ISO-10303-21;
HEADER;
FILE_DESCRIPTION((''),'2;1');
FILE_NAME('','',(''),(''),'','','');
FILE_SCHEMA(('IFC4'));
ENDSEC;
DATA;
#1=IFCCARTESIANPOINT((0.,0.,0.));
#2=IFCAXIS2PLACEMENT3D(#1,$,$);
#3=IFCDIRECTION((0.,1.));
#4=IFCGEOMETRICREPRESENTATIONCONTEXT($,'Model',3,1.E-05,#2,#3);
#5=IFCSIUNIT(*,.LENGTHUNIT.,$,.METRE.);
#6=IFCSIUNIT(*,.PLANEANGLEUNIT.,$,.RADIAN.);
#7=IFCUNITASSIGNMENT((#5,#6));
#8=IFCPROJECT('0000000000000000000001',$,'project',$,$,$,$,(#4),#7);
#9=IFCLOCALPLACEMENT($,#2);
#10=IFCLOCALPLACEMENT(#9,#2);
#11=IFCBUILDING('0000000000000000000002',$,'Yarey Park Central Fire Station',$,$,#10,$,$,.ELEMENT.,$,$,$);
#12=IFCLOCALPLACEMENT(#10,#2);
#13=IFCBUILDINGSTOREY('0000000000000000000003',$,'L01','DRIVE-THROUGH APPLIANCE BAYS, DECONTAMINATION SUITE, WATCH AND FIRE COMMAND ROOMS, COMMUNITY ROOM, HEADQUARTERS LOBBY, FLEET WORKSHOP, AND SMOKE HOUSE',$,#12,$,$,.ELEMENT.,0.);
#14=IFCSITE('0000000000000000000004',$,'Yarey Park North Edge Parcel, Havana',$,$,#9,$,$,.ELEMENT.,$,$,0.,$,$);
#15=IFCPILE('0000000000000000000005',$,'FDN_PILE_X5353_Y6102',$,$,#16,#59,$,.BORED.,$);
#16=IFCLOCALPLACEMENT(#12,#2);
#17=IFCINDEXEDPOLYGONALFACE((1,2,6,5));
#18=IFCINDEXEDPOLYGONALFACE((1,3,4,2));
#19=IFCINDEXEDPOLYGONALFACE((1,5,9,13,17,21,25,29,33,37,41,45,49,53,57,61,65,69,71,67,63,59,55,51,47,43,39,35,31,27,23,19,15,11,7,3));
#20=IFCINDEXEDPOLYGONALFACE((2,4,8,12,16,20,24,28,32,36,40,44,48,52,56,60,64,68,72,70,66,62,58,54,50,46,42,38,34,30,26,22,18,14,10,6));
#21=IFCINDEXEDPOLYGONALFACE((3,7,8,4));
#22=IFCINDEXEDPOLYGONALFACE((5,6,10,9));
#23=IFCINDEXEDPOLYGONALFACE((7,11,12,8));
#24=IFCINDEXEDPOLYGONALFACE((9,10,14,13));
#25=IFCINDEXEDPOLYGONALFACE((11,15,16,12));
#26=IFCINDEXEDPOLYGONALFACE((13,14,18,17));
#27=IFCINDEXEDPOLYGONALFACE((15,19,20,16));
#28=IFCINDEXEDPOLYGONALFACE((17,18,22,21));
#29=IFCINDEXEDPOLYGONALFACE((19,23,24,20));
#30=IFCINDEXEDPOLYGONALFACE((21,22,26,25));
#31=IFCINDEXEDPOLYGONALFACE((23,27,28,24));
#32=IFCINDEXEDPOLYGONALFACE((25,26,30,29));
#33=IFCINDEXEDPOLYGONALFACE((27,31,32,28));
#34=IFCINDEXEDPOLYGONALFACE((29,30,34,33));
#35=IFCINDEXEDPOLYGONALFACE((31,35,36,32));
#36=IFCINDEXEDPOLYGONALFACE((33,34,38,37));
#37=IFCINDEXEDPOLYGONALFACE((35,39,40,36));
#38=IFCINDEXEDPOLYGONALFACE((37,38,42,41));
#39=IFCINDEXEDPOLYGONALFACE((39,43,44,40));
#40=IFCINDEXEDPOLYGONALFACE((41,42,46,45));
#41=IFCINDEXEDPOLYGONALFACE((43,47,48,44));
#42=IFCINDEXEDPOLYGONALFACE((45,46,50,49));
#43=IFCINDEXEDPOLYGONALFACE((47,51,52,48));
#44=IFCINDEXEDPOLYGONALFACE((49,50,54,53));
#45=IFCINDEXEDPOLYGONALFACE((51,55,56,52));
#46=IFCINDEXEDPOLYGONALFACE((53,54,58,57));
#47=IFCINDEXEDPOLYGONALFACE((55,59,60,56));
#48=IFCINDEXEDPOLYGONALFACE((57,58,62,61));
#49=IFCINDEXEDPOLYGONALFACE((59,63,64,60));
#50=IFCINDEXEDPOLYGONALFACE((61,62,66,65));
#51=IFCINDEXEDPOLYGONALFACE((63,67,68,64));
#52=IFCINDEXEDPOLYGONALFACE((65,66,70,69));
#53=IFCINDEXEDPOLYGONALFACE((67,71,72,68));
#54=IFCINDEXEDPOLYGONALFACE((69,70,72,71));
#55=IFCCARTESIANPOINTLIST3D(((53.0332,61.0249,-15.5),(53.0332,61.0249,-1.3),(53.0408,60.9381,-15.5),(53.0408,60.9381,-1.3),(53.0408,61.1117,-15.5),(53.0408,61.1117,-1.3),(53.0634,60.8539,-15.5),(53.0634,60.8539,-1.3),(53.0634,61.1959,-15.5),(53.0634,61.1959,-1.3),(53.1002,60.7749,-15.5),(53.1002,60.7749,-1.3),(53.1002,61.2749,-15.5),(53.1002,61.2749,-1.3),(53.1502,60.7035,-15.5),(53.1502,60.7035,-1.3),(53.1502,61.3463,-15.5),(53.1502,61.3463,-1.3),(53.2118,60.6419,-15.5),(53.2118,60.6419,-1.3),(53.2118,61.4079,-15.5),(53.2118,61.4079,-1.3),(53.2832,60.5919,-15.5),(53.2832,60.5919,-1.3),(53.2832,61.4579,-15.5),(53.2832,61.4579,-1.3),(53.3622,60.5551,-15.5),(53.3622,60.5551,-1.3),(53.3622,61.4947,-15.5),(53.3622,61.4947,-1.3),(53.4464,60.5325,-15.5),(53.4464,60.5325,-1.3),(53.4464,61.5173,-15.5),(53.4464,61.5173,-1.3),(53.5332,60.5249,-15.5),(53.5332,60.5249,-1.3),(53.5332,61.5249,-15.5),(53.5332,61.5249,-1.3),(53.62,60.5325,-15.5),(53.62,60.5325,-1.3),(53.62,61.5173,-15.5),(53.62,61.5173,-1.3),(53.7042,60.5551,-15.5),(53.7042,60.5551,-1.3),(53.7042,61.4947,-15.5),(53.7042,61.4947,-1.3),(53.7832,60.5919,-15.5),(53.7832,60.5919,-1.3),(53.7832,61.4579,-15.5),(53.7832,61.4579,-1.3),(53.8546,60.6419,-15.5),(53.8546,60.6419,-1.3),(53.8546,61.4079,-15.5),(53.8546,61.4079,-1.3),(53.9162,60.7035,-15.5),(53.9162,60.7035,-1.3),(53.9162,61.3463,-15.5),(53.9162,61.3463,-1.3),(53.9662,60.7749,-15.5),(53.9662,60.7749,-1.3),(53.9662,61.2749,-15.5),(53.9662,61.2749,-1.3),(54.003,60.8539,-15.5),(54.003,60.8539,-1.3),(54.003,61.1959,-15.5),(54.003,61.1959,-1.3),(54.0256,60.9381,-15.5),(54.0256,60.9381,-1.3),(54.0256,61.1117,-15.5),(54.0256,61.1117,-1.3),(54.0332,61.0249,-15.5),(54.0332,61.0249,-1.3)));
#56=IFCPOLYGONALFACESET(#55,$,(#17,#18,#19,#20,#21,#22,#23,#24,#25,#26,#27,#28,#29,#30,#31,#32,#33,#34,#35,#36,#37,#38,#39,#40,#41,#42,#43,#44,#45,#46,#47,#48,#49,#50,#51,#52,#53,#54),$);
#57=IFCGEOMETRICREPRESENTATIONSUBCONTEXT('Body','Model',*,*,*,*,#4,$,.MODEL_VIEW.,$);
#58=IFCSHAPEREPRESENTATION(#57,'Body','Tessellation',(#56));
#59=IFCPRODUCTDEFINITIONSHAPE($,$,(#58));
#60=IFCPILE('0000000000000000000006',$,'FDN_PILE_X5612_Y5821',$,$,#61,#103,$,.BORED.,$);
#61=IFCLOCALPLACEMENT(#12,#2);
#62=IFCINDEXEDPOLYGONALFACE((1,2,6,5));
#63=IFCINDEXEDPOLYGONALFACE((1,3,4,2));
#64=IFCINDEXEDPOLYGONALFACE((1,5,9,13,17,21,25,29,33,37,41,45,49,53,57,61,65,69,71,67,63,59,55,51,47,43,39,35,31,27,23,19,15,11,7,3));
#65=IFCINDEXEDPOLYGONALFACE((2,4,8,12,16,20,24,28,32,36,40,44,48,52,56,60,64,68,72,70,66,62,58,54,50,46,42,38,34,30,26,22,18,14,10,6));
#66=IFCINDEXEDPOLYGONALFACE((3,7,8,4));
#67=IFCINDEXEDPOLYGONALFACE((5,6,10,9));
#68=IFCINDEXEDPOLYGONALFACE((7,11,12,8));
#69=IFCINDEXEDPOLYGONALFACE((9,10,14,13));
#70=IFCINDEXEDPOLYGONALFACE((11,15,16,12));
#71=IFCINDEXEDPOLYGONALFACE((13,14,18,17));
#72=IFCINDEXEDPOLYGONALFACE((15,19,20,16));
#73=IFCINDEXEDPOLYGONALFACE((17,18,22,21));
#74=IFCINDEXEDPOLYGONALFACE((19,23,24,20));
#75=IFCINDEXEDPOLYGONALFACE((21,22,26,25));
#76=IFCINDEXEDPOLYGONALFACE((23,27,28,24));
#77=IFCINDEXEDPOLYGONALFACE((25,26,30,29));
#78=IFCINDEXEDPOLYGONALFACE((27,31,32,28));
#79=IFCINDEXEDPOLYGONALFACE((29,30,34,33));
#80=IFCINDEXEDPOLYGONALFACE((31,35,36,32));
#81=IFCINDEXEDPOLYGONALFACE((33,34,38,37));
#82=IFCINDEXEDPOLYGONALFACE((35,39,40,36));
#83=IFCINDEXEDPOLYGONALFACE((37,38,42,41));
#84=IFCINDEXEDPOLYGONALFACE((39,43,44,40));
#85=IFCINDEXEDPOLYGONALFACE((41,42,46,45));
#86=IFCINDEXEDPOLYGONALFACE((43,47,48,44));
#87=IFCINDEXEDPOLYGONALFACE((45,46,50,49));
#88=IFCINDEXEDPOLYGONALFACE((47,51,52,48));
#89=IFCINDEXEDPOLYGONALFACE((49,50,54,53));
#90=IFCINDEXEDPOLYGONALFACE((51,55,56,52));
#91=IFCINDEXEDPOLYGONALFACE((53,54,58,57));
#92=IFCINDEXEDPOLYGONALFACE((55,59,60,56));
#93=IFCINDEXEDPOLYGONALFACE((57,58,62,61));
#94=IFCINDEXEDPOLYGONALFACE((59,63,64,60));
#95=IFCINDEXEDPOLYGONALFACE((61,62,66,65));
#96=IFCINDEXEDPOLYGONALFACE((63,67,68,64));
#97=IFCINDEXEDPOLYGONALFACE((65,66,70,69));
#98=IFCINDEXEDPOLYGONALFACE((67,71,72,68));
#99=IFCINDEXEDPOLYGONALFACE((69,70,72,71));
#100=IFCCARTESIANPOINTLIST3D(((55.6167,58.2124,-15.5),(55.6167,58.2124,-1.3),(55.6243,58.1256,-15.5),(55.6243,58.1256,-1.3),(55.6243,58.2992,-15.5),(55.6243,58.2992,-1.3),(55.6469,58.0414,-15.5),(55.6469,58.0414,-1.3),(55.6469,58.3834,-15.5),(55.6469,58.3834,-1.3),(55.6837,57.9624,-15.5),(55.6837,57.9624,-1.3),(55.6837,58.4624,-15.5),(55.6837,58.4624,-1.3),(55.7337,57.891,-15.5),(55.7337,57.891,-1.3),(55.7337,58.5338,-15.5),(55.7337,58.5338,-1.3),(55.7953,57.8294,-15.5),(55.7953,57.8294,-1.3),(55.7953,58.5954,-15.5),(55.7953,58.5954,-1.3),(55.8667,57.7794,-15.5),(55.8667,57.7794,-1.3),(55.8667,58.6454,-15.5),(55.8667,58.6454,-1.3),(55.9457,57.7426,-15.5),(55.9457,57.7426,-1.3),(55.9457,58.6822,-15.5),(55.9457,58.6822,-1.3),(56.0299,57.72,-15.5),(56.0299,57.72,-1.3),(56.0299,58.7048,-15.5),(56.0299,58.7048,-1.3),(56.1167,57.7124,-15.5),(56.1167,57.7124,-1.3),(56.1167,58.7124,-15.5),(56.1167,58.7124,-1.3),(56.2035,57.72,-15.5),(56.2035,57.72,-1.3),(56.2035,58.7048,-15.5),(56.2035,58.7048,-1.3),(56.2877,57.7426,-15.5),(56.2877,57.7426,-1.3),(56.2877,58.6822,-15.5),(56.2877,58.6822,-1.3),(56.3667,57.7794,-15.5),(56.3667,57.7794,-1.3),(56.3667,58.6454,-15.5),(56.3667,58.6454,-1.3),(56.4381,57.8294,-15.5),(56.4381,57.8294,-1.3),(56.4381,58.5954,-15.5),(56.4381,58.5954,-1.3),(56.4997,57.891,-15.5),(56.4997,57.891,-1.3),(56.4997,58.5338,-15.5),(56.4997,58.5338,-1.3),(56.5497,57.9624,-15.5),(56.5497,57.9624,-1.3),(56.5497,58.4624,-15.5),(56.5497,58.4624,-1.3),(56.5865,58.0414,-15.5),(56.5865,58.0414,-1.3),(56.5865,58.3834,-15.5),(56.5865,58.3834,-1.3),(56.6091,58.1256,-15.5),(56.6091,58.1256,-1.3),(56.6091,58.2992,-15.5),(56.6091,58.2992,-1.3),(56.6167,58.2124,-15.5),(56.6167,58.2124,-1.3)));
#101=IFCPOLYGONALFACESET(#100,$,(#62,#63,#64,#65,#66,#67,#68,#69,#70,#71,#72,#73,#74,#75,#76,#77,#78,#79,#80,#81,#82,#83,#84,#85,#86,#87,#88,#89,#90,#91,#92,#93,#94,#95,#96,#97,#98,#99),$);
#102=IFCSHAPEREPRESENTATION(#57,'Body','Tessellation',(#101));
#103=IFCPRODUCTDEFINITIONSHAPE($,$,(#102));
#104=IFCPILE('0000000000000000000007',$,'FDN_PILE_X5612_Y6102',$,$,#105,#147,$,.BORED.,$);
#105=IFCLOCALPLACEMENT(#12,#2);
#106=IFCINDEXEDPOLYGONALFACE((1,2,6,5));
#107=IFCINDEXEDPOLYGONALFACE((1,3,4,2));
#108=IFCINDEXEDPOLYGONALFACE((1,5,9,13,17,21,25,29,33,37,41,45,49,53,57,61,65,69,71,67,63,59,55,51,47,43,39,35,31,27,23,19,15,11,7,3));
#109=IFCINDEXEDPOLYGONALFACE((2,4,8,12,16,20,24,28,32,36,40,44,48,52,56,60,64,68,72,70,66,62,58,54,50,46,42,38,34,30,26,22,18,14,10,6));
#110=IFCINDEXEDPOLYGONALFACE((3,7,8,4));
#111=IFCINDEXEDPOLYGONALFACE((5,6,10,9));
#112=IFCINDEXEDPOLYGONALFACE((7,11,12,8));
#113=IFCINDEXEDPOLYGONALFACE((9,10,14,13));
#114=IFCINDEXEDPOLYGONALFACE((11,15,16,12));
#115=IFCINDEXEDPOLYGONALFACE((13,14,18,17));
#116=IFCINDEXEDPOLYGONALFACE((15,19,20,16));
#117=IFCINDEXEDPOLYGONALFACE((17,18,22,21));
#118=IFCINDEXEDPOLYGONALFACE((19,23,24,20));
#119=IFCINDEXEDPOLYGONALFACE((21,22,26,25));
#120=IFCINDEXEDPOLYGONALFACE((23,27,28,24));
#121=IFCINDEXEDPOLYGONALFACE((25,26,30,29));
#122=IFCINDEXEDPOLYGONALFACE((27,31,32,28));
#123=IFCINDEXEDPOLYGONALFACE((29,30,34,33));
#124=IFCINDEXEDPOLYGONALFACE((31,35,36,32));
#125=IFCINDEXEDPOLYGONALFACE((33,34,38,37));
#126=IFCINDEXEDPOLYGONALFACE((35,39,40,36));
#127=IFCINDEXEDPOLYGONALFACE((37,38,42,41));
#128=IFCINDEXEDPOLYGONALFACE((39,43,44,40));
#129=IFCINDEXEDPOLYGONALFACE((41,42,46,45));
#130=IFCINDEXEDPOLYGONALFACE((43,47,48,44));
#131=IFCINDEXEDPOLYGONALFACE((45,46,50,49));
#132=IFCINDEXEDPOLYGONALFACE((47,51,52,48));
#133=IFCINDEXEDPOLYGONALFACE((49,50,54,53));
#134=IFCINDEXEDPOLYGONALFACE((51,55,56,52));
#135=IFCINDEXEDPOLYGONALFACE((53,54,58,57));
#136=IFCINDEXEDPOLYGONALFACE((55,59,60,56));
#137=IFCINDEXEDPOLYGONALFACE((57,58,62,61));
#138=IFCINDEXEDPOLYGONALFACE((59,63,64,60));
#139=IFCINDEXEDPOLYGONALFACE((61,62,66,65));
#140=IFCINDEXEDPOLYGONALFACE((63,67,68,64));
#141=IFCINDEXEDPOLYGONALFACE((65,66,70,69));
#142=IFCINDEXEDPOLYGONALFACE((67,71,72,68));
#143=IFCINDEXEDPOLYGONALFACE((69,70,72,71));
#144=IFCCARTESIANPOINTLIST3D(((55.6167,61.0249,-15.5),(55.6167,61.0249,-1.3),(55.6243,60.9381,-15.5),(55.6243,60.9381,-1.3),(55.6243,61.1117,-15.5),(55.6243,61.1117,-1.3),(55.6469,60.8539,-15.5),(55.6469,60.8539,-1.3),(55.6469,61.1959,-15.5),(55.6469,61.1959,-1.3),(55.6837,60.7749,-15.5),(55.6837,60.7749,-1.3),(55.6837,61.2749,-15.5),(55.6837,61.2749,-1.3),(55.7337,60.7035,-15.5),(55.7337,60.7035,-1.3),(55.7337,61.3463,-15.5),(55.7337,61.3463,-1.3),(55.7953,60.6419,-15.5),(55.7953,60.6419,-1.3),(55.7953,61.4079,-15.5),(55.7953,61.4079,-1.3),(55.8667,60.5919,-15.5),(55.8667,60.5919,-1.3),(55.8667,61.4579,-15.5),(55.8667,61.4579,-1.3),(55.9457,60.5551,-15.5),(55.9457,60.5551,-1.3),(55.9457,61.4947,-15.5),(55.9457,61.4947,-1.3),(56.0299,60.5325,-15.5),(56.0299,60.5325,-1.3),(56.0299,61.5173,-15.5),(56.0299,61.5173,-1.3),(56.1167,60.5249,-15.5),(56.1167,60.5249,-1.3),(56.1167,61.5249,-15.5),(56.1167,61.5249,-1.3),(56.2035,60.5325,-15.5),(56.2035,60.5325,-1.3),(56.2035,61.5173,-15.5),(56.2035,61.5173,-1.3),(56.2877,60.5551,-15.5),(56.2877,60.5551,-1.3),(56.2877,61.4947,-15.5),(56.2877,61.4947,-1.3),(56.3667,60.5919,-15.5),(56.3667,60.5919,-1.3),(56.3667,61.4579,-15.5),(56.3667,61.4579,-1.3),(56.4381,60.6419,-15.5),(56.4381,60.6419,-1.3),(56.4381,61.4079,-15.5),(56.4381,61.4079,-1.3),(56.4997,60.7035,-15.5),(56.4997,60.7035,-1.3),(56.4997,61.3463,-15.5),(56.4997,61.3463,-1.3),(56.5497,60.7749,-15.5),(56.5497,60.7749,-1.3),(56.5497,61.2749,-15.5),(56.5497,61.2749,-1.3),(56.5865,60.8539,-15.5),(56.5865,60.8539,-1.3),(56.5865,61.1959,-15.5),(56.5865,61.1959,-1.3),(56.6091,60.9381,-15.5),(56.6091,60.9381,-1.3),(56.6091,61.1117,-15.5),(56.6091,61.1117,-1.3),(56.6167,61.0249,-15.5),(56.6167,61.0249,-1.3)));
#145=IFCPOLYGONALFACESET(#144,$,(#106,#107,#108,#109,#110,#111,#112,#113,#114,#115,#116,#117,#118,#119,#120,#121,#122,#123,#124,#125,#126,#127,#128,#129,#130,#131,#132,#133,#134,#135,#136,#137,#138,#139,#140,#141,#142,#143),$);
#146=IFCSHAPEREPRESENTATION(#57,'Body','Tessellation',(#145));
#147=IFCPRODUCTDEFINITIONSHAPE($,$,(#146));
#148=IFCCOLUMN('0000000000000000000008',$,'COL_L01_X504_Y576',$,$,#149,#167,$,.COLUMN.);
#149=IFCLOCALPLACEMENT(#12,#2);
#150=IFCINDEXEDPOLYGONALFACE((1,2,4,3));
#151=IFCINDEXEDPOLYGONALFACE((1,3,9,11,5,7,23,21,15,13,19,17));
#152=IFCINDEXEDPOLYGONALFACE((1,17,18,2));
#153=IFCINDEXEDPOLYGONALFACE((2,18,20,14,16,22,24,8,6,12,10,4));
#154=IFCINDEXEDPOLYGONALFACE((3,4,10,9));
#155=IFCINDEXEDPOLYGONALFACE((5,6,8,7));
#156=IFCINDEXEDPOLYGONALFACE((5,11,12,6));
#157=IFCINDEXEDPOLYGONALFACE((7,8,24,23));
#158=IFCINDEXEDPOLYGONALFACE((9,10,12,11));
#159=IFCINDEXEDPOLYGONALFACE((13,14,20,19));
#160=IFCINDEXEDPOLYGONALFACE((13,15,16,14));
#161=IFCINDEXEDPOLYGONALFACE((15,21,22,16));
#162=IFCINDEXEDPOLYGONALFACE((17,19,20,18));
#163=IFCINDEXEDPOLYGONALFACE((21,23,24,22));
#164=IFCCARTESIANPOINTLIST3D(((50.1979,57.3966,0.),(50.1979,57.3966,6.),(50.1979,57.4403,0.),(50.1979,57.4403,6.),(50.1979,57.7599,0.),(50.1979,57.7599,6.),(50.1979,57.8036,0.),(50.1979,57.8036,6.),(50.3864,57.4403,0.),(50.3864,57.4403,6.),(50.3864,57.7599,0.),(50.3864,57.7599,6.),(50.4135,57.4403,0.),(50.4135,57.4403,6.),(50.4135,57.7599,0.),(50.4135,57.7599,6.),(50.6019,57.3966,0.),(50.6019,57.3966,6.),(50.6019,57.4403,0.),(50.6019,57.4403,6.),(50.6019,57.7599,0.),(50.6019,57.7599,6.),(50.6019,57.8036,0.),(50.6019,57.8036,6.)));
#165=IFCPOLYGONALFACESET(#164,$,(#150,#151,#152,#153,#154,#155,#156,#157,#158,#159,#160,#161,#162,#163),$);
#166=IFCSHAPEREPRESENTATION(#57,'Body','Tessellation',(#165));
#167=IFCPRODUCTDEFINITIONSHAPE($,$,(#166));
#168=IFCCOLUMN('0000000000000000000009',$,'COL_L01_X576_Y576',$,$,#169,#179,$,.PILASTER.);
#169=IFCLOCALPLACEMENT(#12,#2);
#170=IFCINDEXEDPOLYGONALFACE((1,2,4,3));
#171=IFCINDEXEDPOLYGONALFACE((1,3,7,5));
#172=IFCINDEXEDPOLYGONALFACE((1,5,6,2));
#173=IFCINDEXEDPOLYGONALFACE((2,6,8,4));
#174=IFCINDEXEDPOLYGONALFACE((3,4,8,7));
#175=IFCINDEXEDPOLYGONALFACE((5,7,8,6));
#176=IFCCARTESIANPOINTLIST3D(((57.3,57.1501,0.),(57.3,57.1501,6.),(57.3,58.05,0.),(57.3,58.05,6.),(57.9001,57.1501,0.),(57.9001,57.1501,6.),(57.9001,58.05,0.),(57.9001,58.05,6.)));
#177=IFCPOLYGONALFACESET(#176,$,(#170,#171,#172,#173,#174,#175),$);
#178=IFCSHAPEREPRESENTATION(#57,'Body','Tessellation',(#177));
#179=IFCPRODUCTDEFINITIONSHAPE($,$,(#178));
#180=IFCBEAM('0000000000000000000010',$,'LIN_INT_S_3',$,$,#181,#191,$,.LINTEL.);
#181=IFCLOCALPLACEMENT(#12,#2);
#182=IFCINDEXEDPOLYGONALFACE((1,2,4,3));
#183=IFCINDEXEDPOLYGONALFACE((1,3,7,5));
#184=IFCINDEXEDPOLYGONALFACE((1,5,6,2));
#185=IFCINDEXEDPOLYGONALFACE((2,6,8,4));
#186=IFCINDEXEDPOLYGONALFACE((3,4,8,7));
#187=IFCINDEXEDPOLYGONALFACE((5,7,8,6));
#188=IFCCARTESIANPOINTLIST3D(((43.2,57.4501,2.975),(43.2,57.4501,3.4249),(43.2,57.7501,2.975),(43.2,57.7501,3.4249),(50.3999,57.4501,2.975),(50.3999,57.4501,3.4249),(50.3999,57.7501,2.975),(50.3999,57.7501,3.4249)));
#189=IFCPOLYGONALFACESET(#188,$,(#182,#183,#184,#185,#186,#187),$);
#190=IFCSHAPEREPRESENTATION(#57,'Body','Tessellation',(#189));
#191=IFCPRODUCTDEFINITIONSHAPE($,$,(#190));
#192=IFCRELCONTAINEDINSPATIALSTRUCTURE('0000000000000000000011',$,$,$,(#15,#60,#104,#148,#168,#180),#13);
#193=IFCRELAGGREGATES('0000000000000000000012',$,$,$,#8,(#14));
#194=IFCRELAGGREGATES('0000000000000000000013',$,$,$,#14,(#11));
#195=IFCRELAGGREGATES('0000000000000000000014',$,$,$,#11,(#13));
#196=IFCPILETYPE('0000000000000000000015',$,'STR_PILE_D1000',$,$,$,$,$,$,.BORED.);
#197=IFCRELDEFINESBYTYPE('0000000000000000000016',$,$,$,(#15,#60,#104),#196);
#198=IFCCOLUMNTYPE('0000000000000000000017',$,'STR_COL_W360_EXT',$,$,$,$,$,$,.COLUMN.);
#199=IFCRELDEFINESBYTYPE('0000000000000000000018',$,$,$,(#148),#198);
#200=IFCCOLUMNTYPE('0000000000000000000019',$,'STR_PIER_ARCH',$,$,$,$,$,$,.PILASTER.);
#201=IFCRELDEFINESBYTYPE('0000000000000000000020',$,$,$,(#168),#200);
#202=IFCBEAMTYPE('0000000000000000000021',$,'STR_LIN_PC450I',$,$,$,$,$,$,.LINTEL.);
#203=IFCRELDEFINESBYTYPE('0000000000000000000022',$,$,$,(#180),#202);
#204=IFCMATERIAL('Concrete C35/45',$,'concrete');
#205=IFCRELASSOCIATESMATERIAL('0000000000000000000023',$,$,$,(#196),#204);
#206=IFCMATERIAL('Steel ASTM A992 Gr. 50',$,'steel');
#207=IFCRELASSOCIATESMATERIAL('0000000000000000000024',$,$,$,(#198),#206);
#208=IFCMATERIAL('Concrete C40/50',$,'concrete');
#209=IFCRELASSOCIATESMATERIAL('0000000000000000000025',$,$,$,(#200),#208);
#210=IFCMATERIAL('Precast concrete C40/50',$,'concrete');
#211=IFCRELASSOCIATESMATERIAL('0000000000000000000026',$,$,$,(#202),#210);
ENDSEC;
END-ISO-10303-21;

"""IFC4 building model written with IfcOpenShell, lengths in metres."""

from ifc_helpers import new_model, si_unit, direction, frame, origin, origin_2d, place, context, subcontext, project, spatial, rectangle, circle, i_section, extrude, material, material_profile, profile_set, type_object, element, save


model = new_model("IFC4")

# Units and contexts
model_context = context("Model", 3, precision=1e-05, world=origin(), true_north=direction((0.0, 1.0)))
body_context = subcontext(model_context, "Body", "Model", "MODEL_VIEW")
ifc_project = project(units=[si_unit("LENGTHUNIT", "METRE"), si_unit("PLANEANGLEUNIT", "RADIAN")], contexts=[model_context])

# Site, building, storey
site_placement = place(None, origin())
site = spatial("IfcSite", under=ifc_project, at=site_placement, Name="Yarey Park North Edge Parcel, Havana", CompositionType="ELEMENT", RefElevation=0.0)
building_placement = place(site_placement, origin())
building = spatial("IfcBuilding", under=site, at=building_placement, Name="Yarey Park Central Fire Station", CompositionType="ELEMENT")
storey_placement = place(building_placement, origin())
storey = spatial("IfcBuildingStorey", under=building, at=storey_placement, Name="L01", Description="DRIVE-THROUGH APPLIANCE BAYS, DECONTAMINATION SUITE, WATCH AND FIRE COMMAND ROOMS, COMMUNITY ROOM, HEADQUARTERS LOBBY, FLEET WORKSHOP, AND SMOKE HOUSE", CompositionType="ELEMENT", Elevation=0.0)

# Piles
ifc_material_1 = material(Name="Concrete C35/45", Category="concrete")
ifc_material_profile_1 = material_profile(ifc_material_1, circle(Radius=0.5, at=origin_2d()), Name="BORED PILE D1000")
ifc_profile_set_1 = profile_set([ifc_material_profile_1], Name="Concrete C35/45")
pile_type = type_object("IfcPileType", Name="STR_PILE_D1000", PredefinedType="BORED", material=ifc_profile_set_1)
for number, where, z_axis, x_axis, name in (
    (1, (53.5332, 61.0249, -1.3), (0.0, 0.0, -1.0), (1.0, 0.0, 0.0), "FDN_PILE_X5353_Y6102"),
    (2, (56.1167, 58.2124, -1.3), (0.0, 0.0, -1.0), (1.0, 0.0, 0.0), "FDN_PILE_X5612_Y5821"),
    (3, (56.1167, 61.0249, -1.3), (0.0, 0.0, -1.0), (1.0, 0.0, 0.0), "FDN_PILE_X5612_Y6102"),
):
    element("IfcPile", number, at=place(storey_placement, frame(where, z_axis=z_axis, x_axis=x_axis)), inside=storey, type_object=pile_type, Name=name, PredefinedType="BORED", context=body_context, shape_type="SweptSolid", body=[
        extrude(circle(Radius=0.5, at=origin_2d()), origin(), (0.0, 0.0, 1.0), 14.2),
    ])

# Columns
ifc_material_2 = material(Name="Steel ASTM A992 Gr. 50", Category="steel")
ifc_material_profile_2 = material_profile(ifc_material_2, i_section(OverallWidth=0.4041, OverallDepth=0.407, WebThickness=0.0271, FlangeThickness=0.0437, at=origin_2d()), Name="W360x347")
ifc_profile_set_2 = profile_set([ifc_material_profile_2], Name="Steel ASTM A992 Gr. 50")
column_type_1 = type_object("IfcColumnType", Name="STR_COL_W360_EXT", PredefinedType="COLUMN", material=ifc_profile_set_2)
column_1_placement = place(storey_placement, frame((50.3999, 57.6001, 0.0), z_axis=(0.0, 0.0, 1.0), x_axis=(1.0, 0.0, 0.0)))
element("IfcColumn", 4, at=column_1_placement, inside=storey, type_object=column_type_1, Name="COL_L01_X504_Y576", PredefinedType="COLUMN", context=body_context, shape_type="SweptSolid", body=[
    extrude(i_section(OverallWidth=0.4041, OverallDepth=0.407, WebThickness=0.0271, FlangeThickness=0.0437, at=origin_2d()), origin(), (0.0, 0.0, 1.0), 6.0),
])
ifc_material_3 = material(Name="Concrete C40/50", Category="concrete")
ifc_material_profile_3 = material_profile(ifc_material_3, rectangle(XDim=0.6001, YDim=0.8999, at=origin_2d()), Name="RC 900x600")
ifc_profile_set_3 = profile_set([ifc_material_profile_3], Name="Concrete C40/50")
column_type_2 = type_object("IfcColumnType", Name="STR_PIER_ARCH", PredefinedType="PILASTER", material=ifc_profile_set_3)
column_2_placement = place(storey_placement, frame((57.6001, 57.6001, 0.0), z_axis=(0.0, 0.0, 1.0), x_axis=(1.0, 0.0, 0.0)))
element("IfcColumn", 5, at=column_2_placement, inside=storey, type_object=column_type_2, Name="COL_L01_X576_Y576", PredefinedType="PILASTER", context=body_context, shape_type="SweptSolid", body=[
    extrude(rectangle(XDim=0.6001, YDim=0.8999, at=origin_2d()), origin(), (0.0, 0.0, 1.0), 6.0),
])

# Beam
ifc_material_4 = material(Name="Precast concrete C40/50", Category="concrete")
ifc_material_profile_4 = material_profile(ifc_material_4, rectangle(XDim=0.3, YDim=0.45, at=origin_2d()), Name="PC 300x450")
ifc_profile_set_4 = profile_set([ifc_material_profile_4], Name="Precast concrete C40/50")
beam_type = type_object("IfcBeamType", Name="STR_LIN_PC450I", PredefinedType="LINTEL", material=ifc_profile_set_4)
beam_1_placement = place(storey_placement, frame((43.2, 57.6001, 3.2), z_axis=(1.0, 0.0, 0.0), x_axis=(0.0, 1.0, 0.0)))
element("IfcBeam", 6, at=beam_1_placement, inside=storey, type_object=beam_type, Name="LIN_INT_S_3", PredefinedType="LINTEL", context=body_context, shape_type="SweptSolid", body=[
    extrude(rectangle(XDim=0.3, YDim=0.45, at=origin_2d()), origin(), (0.0, 0.0, 1.0), 7.2),
])

save(model, "model.ifc")
